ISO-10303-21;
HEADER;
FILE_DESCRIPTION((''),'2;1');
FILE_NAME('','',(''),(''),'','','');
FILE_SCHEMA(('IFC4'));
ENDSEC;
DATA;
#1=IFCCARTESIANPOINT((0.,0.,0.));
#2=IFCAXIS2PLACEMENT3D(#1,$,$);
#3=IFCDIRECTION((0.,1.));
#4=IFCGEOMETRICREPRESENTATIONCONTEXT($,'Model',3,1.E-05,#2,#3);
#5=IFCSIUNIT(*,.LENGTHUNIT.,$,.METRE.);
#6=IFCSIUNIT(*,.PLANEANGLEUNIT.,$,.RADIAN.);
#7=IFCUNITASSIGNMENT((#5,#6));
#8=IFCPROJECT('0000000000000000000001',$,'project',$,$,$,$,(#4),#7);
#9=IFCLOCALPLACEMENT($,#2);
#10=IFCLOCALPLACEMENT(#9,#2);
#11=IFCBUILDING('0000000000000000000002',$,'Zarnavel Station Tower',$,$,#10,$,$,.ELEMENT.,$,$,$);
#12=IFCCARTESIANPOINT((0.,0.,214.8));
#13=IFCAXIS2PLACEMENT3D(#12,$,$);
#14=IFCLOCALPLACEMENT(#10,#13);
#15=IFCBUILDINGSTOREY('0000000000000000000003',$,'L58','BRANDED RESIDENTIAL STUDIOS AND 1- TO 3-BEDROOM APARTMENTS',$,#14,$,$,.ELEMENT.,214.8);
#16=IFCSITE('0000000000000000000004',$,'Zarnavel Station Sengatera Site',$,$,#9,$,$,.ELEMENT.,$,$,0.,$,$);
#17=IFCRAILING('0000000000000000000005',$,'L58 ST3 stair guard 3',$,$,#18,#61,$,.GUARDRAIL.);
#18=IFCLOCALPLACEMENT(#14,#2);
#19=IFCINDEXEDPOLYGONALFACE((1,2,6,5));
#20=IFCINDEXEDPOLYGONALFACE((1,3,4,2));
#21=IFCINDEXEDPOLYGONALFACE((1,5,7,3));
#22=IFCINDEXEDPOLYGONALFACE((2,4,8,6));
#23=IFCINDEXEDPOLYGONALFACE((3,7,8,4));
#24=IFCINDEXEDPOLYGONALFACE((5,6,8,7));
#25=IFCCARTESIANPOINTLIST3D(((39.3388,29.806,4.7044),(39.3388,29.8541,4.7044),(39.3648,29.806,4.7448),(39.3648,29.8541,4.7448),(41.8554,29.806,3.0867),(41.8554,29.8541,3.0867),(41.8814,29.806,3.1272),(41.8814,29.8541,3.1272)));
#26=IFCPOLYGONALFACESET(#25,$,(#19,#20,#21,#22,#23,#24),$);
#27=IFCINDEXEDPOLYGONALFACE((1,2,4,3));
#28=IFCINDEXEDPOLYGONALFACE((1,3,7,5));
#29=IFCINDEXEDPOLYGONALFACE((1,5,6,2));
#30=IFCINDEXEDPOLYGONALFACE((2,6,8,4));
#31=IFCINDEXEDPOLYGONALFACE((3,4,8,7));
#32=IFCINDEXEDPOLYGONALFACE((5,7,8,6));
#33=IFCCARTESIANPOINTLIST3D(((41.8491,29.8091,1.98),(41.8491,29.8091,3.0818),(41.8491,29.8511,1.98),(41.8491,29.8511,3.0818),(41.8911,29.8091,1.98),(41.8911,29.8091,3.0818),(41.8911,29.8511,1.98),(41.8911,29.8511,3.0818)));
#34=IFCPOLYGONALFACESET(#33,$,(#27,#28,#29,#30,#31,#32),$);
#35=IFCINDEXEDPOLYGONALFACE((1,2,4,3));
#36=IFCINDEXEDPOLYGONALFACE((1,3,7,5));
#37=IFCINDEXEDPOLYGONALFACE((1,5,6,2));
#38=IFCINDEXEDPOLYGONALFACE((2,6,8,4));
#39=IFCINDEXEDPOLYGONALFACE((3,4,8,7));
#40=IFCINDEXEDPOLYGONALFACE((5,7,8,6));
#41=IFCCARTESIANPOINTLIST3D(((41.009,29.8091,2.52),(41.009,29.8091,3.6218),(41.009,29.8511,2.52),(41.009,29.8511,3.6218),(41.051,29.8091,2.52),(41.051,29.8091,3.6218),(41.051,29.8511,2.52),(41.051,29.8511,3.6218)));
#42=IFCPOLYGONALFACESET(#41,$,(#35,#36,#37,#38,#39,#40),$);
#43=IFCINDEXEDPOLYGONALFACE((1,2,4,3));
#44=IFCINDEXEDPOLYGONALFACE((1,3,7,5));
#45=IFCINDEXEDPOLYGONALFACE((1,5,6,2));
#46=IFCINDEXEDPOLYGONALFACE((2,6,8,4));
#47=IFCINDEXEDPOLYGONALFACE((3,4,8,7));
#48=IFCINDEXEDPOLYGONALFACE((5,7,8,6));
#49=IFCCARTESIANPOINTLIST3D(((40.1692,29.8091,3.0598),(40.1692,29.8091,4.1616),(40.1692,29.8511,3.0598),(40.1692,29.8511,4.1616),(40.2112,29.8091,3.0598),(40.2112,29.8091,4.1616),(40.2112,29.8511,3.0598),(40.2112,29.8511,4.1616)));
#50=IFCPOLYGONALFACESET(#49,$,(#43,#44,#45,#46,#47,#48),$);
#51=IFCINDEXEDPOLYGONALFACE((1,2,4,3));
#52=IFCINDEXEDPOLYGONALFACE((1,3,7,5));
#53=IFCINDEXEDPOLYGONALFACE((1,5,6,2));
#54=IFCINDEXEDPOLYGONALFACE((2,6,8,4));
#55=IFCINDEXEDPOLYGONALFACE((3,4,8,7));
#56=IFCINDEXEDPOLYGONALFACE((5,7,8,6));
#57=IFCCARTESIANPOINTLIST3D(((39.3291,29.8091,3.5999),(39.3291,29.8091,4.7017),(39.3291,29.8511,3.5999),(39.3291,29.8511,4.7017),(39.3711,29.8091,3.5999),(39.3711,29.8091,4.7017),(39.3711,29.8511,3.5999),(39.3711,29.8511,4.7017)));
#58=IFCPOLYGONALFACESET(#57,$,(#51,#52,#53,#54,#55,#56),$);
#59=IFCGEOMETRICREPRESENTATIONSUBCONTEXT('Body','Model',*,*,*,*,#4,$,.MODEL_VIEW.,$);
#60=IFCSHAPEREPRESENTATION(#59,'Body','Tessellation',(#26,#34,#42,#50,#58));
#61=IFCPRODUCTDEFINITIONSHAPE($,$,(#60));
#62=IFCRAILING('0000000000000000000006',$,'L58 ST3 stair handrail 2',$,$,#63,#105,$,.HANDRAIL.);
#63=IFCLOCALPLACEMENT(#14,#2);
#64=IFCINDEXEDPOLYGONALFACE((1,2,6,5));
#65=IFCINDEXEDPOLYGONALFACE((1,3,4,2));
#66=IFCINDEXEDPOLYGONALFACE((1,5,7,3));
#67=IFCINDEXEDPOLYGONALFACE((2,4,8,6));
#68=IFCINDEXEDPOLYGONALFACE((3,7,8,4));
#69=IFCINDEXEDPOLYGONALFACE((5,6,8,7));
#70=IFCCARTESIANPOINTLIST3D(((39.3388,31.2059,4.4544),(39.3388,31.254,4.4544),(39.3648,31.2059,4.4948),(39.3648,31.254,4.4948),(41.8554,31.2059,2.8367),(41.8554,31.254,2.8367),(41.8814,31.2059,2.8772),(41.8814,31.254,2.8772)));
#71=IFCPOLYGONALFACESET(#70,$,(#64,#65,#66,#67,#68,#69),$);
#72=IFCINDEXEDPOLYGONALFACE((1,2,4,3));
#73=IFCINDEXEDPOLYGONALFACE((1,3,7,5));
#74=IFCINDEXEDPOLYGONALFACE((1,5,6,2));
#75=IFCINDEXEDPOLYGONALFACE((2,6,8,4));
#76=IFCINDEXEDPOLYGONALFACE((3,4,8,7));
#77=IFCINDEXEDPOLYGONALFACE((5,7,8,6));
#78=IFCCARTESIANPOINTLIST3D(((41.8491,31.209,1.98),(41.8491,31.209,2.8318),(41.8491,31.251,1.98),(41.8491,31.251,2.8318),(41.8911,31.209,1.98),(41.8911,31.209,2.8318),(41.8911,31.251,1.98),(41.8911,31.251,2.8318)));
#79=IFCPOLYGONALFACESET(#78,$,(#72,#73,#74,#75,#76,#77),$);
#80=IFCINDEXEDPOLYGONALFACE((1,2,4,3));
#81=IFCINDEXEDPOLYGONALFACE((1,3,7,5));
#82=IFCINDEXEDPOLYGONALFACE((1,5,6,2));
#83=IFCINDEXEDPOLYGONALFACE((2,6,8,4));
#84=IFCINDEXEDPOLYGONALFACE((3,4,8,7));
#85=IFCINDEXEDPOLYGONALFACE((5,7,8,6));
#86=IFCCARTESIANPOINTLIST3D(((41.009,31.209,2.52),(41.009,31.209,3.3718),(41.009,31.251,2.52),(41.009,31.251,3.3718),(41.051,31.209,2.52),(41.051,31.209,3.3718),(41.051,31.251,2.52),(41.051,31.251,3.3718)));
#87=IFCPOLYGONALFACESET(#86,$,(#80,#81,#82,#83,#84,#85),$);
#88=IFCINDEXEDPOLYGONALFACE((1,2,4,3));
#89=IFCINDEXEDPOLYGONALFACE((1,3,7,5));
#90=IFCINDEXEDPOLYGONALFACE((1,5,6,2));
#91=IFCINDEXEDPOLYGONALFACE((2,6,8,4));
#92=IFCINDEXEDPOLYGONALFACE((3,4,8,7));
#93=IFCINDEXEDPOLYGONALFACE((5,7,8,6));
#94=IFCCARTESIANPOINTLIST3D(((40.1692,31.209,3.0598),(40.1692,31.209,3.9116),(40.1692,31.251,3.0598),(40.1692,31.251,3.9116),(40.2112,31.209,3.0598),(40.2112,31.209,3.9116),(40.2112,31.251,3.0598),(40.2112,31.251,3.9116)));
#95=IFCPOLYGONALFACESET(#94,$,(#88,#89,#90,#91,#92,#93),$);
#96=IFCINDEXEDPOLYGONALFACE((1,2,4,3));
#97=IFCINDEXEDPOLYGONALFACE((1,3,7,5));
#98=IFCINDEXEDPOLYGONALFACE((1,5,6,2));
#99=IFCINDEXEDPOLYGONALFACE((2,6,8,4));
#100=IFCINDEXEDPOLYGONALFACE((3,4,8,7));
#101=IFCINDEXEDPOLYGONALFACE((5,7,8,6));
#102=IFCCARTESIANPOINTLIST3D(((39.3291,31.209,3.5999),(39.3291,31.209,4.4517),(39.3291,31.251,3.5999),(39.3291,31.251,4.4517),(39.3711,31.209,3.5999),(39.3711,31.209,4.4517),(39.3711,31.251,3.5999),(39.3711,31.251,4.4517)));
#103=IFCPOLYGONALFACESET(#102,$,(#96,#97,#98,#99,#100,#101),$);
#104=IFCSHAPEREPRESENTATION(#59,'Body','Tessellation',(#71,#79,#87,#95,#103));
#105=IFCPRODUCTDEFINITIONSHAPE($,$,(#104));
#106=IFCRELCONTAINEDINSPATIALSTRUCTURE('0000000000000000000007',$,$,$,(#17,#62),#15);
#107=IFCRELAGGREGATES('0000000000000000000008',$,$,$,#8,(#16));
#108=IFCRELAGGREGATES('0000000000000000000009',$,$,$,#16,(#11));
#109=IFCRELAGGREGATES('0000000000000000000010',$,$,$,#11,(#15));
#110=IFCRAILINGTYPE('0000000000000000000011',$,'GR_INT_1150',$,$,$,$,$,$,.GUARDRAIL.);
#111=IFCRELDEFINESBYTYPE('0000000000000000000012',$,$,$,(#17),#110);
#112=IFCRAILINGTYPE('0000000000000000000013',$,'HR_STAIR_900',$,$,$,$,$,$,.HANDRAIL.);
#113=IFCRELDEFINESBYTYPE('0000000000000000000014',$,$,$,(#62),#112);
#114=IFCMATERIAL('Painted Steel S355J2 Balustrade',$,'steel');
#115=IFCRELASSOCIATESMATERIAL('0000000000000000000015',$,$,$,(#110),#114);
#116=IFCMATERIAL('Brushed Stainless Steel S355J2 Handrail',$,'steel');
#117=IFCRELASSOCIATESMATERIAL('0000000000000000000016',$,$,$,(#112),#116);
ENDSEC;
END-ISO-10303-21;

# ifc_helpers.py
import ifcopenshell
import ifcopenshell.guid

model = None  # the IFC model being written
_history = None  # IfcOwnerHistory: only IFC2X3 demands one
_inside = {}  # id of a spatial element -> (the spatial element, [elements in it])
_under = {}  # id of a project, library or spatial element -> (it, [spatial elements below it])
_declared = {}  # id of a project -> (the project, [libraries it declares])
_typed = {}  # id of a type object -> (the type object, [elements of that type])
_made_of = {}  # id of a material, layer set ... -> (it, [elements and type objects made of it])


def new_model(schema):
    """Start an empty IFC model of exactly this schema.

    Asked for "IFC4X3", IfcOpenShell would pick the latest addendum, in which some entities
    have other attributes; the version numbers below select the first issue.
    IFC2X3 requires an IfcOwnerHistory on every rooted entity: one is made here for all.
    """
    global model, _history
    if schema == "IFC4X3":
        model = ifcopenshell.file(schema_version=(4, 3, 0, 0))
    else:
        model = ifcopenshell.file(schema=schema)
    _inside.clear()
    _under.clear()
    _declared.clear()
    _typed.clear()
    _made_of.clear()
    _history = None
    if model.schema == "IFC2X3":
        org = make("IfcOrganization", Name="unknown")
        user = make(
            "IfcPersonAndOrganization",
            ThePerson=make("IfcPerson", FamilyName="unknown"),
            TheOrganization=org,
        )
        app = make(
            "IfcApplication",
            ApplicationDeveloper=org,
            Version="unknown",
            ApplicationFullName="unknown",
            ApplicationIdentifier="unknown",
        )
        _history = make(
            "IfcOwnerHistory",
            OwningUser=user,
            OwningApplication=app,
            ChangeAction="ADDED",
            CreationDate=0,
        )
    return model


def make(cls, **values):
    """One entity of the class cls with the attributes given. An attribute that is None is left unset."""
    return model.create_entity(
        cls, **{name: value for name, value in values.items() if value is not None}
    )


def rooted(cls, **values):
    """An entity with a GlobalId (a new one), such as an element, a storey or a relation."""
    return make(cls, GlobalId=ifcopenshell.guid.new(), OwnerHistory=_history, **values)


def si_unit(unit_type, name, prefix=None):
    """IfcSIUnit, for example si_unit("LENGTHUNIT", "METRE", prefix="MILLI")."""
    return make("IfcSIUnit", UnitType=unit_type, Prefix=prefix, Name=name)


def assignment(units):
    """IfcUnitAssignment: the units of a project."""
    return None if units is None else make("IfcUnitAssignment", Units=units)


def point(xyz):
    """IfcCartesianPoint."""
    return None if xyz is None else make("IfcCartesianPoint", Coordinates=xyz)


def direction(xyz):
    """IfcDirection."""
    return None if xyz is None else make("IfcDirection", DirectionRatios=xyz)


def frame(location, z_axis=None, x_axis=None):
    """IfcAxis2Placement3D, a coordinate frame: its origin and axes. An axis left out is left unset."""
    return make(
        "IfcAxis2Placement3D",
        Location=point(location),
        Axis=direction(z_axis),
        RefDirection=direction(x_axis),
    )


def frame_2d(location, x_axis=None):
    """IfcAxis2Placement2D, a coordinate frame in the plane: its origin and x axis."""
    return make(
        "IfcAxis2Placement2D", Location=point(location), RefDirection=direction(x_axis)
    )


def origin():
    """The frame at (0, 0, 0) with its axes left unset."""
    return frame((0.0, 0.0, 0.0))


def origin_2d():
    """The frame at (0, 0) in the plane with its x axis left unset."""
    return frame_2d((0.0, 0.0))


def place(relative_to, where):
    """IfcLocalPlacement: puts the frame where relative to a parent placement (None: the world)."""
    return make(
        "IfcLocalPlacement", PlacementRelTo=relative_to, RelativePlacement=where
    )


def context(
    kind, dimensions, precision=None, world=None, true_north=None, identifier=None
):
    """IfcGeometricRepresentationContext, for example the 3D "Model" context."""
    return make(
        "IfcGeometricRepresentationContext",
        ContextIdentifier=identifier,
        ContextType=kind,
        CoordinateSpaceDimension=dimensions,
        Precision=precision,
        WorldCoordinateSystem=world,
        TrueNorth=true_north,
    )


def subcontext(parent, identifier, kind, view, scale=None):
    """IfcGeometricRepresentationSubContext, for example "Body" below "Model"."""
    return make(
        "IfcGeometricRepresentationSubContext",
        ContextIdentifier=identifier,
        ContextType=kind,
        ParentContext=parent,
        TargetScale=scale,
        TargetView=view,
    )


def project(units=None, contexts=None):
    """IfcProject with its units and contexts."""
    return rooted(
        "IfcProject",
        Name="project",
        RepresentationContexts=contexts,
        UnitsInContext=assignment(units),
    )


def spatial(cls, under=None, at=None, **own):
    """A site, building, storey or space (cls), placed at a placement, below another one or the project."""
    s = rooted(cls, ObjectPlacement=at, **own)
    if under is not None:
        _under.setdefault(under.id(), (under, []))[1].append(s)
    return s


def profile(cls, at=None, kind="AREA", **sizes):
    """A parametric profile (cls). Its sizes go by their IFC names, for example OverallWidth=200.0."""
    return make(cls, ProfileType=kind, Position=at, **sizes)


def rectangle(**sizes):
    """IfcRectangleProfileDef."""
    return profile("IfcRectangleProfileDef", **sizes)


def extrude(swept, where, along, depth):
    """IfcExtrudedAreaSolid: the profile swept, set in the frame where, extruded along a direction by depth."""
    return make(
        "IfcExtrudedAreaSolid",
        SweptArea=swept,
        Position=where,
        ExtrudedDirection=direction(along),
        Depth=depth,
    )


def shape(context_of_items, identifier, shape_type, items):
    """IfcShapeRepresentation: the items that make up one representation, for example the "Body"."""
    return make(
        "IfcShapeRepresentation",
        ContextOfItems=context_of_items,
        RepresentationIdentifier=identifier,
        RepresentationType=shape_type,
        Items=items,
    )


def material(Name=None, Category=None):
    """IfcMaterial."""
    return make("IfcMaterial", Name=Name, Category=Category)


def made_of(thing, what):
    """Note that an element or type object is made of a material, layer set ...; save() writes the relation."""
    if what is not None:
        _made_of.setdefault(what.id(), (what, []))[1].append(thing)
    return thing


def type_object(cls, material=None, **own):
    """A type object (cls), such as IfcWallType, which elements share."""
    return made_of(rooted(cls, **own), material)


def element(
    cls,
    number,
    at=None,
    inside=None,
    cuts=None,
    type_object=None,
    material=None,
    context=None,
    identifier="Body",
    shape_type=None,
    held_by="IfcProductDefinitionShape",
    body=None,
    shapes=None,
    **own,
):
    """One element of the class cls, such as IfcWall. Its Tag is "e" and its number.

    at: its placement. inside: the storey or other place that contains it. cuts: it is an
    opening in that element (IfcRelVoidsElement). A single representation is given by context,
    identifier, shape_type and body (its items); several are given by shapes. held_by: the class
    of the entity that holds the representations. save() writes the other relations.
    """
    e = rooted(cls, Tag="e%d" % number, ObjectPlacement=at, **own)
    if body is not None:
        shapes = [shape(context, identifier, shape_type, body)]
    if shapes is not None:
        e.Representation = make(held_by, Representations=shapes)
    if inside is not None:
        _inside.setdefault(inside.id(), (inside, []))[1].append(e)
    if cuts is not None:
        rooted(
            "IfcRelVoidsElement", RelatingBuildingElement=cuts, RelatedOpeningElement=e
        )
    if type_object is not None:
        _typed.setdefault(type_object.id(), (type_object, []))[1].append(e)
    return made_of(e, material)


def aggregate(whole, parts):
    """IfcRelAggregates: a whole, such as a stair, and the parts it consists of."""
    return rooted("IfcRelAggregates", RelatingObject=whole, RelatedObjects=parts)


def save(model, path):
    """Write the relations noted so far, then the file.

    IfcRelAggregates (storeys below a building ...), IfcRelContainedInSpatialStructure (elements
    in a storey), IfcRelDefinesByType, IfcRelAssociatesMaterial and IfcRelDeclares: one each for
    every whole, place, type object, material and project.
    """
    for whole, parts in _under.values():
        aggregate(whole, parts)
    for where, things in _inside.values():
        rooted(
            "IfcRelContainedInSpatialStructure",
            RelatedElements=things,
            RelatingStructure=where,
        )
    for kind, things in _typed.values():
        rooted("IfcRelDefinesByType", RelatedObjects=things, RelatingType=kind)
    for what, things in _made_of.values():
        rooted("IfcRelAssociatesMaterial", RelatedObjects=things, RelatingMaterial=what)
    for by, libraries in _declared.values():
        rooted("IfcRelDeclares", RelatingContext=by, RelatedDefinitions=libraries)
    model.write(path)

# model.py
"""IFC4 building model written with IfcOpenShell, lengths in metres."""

from ifc_helpers import new_model, si_unit, direction, frame, origin, origin_2d, place, context, subcontext, project, spatial, rectangle, extrude, material, type_object, element, save


model = new_model("IFC4")

# Units and contexts
model_context = context("Model", 3, precision=1e-05, world=origin(), true_north=direction((0.0, 1.0)))
body_context = subcontext(model_context, "Body", "Model", "MODEL_VIEW")
ifc_project = project(units=[si_unit("LENGTHUNIT", "METRE"), si_unit("PLANEANGLEUNIT", "RADIAN")], contexts=[model_context])

# Site, building, storey
site_placement = place(None, origin())
site = spatial("IfcSite", under=ifc_project, at=site_placement, Name="Zarnavel Station Sengatera Site", CompositionType="ELEMENT", RefElevation=0.0)
building_placement = place(site_placement, origin())
building = spatial("IfcBuilding", under=site, at=building_placement, Name="Zarnavel Station Tower", CompositionType="ELEMENT")
storey_placement = place(building_placement, frame((0.0, 0.0, 214.8)))
storey = spatial("IfcBuildingStorey", under=building, at=storey_placement, Name="L58", Description="BRANDED RESIDENTIAL STUDIOS AND 1- TO 3-BEDROOM APARTMENTS", CompositionType="ELEMENT", Elevation=214.8)

# Railings
ifc_material_1 = material(Name="Painted Steel S355J2 Balustrade", Category="steel")
railing_type_1 = type_object("IfcRailingType", Name="GR_INT_1150", PredefinedType="GUARDRAIL", material=ifc_material_1)
railing_1_placement = place(storey_placement, frame((41.8701, 29.8301, 1.98)))
element("IfcRailing", 1, at=railing_1_placement, inside=storey, type_object=railing_type_1, Name="L58 ST3 stair guard 3", PredefinedType="GUARDRAIL", context=body_context, shape_type="SweptSolid", body=[
    extrude(rectangle(XDim=0.0481, YDim=0.0481, at=origin_2d()), frame((-0.0017, 0.0, 1.127), z_axis=(-0.8412, 0.0, 0.540725), x_axis=(0.0, -1.0, 0.0)), (0.0, 0.0, 1.0), 2.9917),
    extrude(rectangle(XDim=0.042, YDim=0.042, at=origin_2d()), origin(), (0.0, 0.0, 1.0), 1.1018),
    extrude(rectangle(XDim=0.042, YDim=0.042, at=origin_2d()), frame((-0.8401, 0.0, 0.54)), (0.0, 0.0, 1.0), 1.1018),
    extrude(rectangle(XDim=0.042, YDim=0.042, at=origin_2d()), frame((-1.6799, 0.0, 1.0798)), (0.0, 0.0, 1.0), 1.1018),
    extrude(rectangle(XDim=0.042, YDim=0.042, at=origin_2d()), frame((-2.52, 0.0, 1.6199)), (0.0, 0.0, 1.0), 1.1018),
])
ifc_material_2 = material(Name="Brushed Stainless Steel S355J2 Handrail", Category="steel")
railing_type_2 = type_object("IfcRailingType", Name="HR_STAIR_900", PredefinedType="HANDRAIL", material=ifc_material_2)
railing_2_placement = place(storey_placement, frame((41.8701, 31.23, 1.98)))
element("IfcRailing", 2, at=railing_2_placement, inside=storey, type_object=railing_type_2, Name="L58 ST3 stair handrail 2", PredefinedType="HANDRAIL", context=body_context, shape_type="SweptSolid", body=[
    extrude(rectangle(XDim=0.0481, YDim=0.0481, at=origin_2d()), frame((-0.0017, 0.0, 0.877), z_axis=(-0.8412, 0.0, 0.540725), x_axis=(0.0, -1.0, 0.0)), (0.0, 0.0, 1.0), 2.9917),
    extrude(rectangle(XDim=0.042, YDim=0.042, at=origin_2d()), origin(), (0.0, 0.0, 1.0), 0.8518),
    extrude(rectangle(XDim=0.042, YDim=0.042, at=origin_2d()), frame((-0.8401, 0.0, 0.54)), (0.0, 0.0, 1.0), 0.8518),
    extrude(rectangle(XDim=0.042, YDim=0.042, at=origin_2d()), frame((-1.6799, 0.0, 1.0798)), (0.0, 0.0, 1.0), 0.8518),
    extrude(rectangle(XDim=0.042, YDim=0.042, at=origin_2d()), frame((-2.52, 0.0, 1.6199)), (0.0, 0.0, 1.0), 0.8518),
])

save(model, "model.ifc")
